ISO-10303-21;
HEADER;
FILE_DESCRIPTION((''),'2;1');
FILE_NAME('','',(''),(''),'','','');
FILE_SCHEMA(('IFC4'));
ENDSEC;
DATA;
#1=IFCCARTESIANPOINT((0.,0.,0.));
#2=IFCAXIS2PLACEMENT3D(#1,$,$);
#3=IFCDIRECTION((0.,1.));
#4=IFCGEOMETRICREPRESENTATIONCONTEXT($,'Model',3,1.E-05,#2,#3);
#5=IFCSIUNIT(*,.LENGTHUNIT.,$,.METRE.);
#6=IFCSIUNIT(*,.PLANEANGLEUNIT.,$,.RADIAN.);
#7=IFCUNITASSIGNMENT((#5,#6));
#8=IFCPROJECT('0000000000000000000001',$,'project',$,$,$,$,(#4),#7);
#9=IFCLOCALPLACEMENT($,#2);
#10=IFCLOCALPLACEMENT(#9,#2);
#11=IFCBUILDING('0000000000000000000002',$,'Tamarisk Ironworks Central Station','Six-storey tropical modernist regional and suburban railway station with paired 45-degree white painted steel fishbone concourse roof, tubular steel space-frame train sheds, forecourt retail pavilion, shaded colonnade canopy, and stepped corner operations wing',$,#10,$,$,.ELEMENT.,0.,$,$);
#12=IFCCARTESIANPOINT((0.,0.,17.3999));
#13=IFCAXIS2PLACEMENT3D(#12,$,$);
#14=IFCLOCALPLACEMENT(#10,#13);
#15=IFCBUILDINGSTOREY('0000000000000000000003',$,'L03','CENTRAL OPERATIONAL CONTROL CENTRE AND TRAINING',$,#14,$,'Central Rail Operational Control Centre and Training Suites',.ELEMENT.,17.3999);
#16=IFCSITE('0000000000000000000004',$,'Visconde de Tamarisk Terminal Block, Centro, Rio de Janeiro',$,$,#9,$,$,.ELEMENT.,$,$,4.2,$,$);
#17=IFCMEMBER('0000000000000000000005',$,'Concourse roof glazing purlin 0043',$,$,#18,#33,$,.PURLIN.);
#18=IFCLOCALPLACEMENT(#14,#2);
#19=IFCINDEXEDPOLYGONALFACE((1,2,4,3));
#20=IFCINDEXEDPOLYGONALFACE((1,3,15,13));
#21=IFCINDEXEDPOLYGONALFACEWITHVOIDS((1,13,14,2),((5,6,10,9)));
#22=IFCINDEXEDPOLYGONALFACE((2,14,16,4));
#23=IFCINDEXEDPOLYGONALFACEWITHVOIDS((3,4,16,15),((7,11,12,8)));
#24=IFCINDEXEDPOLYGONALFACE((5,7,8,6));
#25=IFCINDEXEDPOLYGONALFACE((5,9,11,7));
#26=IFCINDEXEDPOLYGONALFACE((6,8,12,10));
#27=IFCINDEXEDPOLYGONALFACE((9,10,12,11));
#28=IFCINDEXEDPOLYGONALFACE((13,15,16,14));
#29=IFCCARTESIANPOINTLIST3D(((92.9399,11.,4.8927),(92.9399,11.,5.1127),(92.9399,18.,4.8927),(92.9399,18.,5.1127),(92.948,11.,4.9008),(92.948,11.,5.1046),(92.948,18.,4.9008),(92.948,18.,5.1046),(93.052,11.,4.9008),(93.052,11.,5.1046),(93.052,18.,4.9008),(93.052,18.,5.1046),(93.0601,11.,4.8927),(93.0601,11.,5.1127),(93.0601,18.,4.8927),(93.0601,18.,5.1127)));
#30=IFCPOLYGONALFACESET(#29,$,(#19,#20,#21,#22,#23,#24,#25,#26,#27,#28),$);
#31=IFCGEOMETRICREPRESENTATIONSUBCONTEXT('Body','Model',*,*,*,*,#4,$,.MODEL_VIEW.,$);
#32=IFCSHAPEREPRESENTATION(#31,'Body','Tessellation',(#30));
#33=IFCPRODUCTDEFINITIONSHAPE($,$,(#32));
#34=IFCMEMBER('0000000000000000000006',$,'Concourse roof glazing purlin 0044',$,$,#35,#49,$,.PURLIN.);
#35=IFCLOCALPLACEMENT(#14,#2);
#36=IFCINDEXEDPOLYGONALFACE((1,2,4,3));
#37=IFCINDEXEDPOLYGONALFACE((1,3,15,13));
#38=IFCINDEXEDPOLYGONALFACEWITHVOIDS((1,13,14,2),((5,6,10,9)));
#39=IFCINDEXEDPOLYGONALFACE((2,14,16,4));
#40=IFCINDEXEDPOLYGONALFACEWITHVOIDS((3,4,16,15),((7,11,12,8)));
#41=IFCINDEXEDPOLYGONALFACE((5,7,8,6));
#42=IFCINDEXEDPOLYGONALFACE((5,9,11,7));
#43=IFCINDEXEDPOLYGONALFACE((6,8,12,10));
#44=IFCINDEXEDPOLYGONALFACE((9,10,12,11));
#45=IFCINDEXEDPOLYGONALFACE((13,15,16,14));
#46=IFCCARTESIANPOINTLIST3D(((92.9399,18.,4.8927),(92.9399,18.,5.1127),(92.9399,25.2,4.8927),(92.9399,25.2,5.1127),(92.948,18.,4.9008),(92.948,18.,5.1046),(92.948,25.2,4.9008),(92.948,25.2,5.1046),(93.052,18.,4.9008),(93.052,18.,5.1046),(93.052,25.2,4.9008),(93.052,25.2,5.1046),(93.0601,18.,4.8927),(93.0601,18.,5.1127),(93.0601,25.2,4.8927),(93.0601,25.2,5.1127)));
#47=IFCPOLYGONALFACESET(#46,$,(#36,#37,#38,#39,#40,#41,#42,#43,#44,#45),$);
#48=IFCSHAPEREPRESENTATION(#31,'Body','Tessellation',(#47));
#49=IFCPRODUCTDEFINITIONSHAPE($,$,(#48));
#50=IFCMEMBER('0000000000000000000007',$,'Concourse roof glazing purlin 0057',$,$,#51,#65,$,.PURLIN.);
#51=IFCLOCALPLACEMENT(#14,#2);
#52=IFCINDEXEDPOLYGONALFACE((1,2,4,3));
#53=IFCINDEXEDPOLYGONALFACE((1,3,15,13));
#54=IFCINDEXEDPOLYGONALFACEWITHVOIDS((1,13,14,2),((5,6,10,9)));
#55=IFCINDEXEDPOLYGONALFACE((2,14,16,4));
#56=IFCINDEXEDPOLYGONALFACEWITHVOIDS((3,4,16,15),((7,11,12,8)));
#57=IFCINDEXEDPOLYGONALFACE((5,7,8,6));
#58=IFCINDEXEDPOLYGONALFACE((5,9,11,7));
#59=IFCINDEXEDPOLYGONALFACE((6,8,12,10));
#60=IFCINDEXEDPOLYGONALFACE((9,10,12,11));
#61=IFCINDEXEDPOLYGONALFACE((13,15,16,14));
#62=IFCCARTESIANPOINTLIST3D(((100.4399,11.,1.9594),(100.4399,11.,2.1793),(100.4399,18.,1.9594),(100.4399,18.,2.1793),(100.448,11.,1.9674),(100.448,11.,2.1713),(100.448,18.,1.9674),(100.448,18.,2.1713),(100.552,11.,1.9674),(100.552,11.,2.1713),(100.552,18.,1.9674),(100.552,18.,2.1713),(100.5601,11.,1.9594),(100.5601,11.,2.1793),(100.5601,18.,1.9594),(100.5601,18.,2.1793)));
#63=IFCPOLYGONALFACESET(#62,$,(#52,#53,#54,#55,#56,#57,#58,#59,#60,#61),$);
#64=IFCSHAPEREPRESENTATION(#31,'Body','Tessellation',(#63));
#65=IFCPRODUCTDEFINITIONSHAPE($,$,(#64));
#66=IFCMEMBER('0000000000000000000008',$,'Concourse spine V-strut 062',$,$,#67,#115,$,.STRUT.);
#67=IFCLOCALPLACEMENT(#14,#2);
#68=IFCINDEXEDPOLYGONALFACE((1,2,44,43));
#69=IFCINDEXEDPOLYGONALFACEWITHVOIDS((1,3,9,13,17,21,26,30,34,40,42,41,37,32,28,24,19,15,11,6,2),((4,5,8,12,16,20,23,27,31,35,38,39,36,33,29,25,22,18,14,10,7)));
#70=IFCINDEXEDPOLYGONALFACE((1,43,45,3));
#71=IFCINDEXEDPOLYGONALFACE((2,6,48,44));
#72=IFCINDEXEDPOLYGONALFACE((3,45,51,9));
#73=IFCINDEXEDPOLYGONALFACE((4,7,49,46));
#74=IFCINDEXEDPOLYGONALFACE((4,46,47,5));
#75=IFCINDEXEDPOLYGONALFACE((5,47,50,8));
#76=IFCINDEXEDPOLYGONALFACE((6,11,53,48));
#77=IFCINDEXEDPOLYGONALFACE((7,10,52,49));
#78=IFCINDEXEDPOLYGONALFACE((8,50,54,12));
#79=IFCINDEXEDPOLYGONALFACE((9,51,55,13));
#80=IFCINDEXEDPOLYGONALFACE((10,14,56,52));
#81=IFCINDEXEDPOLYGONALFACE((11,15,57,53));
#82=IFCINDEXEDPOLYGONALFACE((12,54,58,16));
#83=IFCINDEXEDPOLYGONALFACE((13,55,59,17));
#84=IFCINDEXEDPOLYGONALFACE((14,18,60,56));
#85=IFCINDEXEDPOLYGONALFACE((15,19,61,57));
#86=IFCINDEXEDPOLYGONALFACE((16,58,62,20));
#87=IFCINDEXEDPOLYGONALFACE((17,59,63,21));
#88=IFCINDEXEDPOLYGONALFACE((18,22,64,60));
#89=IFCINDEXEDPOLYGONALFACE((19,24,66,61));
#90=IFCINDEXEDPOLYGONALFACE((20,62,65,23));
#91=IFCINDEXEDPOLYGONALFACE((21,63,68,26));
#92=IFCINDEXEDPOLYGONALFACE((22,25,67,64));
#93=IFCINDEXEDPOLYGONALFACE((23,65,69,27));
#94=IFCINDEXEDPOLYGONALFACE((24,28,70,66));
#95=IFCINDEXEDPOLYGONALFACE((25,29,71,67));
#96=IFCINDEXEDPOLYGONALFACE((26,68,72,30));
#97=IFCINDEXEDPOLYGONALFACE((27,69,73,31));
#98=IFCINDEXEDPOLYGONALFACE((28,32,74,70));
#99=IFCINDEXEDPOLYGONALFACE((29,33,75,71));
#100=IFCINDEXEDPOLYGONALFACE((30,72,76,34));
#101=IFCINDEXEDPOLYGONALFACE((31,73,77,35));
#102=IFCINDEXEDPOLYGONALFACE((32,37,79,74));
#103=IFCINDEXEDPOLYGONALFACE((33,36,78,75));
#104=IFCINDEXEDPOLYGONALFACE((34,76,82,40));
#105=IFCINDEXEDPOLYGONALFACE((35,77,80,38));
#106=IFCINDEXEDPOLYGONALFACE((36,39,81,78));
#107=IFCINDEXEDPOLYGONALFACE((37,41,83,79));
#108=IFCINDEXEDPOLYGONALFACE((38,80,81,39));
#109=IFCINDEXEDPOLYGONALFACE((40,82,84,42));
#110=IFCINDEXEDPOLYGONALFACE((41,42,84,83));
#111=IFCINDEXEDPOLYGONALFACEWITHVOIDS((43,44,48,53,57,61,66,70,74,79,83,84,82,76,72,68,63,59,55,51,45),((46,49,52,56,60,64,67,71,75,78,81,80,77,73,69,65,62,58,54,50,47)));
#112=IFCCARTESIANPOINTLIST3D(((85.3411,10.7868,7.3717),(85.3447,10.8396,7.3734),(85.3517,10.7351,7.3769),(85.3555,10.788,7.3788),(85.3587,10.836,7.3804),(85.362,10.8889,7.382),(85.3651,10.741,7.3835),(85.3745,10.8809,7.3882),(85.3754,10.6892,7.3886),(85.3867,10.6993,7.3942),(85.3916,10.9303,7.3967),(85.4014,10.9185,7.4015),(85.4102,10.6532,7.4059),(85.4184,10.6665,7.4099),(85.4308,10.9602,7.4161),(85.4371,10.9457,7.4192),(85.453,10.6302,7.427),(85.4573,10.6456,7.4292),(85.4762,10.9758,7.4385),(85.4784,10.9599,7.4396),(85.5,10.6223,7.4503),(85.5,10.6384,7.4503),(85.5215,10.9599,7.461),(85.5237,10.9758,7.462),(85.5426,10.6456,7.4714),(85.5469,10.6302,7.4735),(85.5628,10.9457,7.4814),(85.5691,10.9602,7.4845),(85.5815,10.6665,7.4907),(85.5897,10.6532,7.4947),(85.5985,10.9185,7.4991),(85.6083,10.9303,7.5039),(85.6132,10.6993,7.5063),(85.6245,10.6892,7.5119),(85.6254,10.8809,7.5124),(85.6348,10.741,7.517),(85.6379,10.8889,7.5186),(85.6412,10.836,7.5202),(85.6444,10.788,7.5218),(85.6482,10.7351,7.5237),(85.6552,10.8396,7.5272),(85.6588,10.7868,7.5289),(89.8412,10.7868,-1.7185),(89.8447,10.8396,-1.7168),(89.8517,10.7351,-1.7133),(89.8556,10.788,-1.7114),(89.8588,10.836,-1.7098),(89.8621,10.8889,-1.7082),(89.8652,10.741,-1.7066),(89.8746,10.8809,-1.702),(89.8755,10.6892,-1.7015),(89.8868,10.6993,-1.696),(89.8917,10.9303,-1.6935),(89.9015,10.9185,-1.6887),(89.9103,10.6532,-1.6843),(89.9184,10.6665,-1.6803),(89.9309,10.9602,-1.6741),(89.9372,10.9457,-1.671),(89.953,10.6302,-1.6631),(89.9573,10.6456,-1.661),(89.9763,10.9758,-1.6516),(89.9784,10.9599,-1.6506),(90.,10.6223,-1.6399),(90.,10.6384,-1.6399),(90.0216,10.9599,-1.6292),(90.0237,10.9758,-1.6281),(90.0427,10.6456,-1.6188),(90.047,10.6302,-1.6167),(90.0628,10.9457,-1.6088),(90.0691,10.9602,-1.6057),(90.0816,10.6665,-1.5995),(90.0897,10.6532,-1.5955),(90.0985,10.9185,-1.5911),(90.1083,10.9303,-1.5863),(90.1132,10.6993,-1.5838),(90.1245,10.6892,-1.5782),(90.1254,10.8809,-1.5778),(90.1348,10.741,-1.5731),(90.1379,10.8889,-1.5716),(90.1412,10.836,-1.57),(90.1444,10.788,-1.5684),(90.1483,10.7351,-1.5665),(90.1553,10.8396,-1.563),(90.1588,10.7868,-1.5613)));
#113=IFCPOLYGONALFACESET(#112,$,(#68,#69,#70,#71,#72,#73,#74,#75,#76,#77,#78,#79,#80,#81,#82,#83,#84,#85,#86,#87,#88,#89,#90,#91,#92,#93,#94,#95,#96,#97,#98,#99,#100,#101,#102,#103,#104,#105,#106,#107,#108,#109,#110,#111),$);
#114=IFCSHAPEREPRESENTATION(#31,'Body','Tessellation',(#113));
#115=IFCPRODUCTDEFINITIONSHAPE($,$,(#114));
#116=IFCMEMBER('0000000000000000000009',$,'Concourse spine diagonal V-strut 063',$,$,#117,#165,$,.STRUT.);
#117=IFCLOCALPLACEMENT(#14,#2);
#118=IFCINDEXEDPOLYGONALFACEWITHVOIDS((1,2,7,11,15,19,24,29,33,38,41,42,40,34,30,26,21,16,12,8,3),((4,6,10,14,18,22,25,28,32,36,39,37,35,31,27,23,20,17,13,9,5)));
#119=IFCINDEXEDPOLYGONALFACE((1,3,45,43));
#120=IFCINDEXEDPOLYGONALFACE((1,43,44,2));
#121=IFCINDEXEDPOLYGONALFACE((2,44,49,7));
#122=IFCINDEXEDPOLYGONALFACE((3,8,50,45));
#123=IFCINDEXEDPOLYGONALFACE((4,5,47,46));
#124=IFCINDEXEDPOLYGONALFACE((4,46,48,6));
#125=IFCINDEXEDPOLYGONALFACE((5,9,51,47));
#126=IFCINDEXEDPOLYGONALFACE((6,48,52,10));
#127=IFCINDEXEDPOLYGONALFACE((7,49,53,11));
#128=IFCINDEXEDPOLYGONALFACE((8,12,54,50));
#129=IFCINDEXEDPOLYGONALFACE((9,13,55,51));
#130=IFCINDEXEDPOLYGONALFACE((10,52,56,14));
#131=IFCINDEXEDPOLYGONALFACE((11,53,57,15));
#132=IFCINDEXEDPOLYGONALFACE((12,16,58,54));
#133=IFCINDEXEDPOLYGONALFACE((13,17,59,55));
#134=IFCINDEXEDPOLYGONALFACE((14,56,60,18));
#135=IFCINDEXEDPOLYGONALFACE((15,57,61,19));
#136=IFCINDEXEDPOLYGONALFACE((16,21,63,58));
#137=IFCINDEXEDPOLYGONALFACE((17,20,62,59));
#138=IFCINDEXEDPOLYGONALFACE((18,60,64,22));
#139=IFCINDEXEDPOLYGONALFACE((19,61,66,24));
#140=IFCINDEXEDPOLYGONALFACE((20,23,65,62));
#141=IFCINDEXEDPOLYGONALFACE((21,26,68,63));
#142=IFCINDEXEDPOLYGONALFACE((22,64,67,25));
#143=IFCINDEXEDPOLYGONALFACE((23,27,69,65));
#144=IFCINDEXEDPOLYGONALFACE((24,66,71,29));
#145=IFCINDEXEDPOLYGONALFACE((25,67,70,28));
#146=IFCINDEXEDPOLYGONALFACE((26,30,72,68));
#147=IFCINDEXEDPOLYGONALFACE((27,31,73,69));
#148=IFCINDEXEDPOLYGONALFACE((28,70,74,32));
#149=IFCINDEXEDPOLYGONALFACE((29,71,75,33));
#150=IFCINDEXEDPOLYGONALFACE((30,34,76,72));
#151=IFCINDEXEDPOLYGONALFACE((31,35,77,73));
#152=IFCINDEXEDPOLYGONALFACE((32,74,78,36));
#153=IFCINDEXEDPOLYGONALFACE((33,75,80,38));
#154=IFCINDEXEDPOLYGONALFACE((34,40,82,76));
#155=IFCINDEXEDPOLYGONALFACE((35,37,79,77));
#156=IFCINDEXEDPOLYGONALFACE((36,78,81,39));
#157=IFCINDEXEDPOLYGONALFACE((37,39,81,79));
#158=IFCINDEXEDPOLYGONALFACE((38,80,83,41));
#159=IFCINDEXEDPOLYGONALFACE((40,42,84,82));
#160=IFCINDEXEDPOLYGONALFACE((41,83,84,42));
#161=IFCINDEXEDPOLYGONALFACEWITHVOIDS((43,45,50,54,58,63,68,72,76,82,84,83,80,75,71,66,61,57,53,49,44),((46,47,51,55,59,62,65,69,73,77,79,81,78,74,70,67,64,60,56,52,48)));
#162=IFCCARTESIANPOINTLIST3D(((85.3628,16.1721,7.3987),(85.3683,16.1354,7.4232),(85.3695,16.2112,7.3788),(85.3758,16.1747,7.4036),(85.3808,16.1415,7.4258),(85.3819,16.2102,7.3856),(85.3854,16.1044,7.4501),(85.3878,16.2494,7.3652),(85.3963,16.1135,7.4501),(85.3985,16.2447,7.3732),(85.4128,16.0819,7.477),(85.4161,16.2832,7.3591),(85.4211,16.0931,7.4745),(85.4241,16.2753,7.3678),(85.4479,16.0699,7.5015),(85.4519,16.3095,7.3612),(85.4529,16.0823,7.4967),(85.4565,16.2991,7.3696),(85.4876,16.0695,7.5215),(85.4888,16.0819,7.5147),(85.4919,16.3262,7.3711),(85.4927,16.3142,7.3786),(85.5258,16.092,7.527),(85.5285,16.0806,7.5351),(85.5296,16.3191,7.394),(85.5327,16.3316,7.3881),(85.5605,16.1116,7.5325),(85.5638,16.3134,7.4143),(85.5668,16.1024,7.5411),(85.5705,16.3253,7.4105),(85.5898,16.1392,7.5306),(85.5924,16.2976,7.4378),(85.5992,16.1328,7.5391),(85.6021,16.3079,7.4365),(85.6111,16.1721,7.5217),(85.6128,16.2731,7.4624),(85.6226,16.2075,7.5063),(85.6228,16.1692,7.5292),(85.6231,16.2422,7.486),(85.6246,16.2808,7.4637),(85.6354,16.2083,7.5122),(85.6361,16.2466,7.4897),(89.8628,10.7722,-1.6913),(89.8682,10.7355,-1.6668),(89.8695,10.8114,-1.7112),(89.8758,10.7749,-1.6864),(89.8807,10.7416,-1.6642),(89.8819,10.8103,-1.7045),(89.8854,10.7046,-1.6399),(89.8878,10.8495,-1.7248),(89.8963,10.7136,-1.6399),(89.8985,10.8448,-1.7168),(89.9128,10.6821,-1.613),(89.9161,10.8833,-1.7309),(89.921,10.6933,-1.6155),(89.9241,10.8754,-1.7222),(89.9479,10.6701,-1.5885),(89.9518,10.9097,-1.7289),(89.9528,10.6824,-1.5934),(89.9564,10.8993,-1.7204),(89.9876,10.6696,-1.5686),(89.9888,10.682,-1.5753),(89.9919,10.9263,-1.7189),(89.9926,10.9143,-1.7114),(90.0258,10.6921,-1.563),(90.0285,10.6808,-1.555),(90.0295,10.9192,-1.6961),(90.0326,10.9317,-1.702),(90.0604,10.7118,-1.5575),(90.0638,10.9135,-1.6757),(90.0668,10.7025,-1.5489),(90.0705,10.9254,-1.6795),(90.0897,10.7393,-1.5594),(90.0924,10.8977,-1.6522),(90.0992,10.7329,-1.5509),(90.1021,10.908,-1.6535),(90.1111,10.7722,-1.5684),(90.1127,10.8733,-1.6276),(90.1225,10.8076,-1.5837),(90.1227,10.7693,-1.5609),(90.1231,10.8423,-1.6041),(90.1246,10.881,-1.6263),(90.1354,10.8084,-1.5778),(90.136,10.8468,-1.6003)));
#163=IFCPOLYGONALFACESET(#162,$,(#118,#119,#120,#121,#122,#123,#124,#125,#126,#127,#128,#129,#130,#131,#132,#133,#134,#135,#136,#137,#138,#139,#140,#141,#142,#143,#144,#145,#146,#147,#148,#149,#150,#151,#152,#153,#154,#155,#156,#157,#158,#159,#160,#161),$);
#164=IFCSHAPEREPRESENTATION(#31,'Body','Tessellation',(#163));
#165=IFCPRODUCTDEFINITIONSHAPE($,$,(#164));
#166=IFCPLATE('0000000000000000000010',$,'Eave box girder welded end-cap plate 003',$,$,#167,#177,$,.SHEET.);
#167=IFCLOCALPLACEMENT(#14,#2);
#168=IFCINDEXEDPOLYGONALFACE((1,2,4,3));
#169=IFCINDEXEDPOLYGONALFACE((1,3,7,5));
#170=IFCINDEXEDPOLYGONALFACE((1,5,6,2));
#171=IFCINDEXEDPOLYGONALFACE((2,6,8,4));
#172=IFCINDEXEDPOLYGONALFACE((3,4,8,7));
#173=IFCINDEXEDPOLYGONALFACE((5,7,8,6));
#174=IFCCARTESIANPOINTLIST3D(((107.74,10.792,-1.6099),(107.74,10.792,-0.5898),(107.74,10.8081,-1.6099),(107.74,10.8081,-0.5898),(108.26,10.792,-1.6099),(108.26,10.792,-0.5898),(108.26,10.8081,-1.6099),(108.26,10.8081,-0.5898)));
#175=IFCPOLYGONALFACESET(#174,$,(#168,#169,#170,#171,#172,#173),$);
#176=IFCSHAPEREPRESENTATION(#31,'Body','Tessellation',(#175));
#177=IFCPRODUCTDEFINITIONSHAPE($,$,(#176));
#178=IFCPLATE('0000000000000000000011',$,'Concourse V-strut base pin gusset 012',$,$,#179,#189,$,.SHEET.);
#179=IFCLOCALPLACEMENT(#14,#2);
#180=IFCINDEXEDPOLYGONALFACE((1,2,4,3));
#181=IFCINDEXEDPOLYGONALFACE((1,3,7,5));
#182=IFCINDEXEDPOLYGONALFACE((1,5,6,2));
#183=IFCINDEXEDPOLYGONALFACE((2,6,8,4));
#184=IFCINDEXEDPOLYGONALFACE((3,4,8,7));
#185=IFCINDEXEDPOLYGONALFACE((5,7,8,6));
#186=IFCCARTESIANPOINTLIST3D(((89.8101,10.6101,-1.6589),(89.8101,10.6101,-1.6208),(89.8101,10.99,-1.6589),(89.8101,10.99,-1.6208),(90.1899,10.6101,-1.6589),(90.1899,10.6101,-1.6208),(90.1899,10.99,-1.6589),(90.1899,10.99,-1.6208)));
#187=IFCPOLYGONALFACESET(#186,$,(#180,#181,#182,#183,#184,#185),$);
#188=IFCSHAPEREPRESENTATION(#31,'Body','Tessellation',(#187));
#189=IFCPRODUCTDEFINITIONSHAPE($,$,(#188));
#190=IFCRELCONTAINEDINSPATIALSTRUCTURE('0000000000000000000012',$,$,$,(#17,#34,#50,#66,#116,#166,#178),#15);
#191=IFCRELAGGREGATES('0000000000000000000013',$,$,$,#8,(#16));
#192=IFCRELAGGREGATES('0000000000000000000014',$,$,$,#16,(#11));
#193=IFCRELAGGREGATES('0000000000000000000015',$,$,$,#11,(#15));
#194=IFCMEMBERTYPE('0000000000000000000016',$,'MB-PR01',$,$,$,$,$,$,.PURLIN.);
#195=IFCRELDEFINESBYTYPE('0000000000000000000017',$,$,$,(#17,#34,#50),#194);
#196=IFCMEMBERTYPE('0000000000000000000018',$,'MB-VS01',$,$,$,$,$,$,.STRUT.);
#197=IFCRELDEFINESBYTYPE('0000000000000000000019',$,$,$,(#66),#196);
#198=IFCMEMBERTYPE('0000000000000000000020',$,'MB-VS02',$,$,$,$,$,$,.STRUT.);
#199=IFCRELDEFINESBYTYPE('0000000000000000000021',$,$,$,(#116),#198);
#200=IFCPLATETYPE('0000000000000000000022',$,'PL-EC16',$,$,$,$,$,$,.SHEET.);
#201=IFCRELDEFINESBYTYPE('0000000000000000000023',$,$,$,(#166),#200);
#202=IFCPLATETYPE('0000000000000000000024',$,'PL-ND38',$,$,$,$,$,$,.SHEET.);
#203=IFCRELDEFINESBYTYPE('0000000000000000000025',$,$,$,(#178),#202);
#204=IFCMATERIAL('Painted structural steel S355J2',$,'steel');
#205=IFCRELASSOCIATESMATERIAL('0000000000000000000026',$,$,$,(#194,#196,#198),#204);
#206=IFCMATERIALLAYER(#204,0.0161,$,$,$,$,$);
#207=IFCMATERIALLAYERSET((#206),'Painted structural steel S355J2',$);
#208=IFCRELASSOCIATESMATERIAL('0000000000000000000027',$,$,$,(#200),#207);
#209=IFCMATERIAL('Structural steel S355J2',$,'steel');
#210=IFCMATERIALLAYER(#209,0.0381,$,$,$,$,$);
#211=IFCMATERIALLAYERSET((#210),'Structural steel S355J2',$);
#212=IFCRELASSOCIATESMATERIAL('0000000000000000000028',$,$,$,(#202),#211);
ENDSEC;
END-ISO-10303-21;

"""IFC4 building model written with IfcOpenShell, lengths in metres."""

from ifc_helpers import new_model, si_unit, direction, frame, origin, origin_2d, place, context, subcontext, project, spatial, rectangle, hollow_rectangle, hollow_circle, extrude, material, layer, layer_set, material_profile, profile_set, type_object, element, save


model = new_model("IFC4")

# Units and contexts
model_context = context("Model", 3, precision=1e-05, world=origin(), true_north=direction((0.0, 1.0)))
body_context = subcontext(model_context, "Body", "Model", "MODEL_VIEW")
ifc_project = project(units=[si_unit("LENGTHUNIT", "METRE"), si_unit("PLANEANGLEUNIT", "RADIAN")], contexts=[model_context])

# Site, building, storey
site_placement = place(None, origin())
site = spatial("IfcSite", under=ifc_project, at=site_placement, Name="Visconde de Tamarisk Terminal Block, Centro, Rio de Janeiro", CompositionType="ELEMENT", RefElevation=4.2)
building_placement = place(site_placement, origin())
building = spatial("IfcBuilding", under=site, at=building_placement, Name="Tamarisk Ironworks Central Station", Description="Six-storey tropical modernist regional and suburban railway station with paired 45-degree white painted steel fishbone concourse roof, tubular steel space-frame train sheds, forecourt retail pavilion, shaded colonnade canopy, and stepped corner operations wing", CompositionType="ELEMENT", ElevationOfRefHeight=0.0)
storey_placement = place(building_placement, frame((0.0, 0.0, 17.3999)))
storey = spatial("IfcBuildingStorey", under=building, at=storey_placement, Name="L03", Description="CENTRAL OPERATIONAL CONTROL CENTRE AND TRAINING", LongName="Central Rail Operational Control Centre and Training Suites", CompositionType="ELEMENT", Elevation=17.3999)

# Shared definitions
ifc_material_1 = material(Name="Structural steel S355J2", Category="steel")

# Shared definitions
ifc_material_2 = material(Name="Painted structural steel S355J2", Category="steel")

# Members
ifc_material_profile_1 = material_profile(ifc_material_2, hollow_rectangle(XDim=0.1201, YDim=0.22, WallThickness=0.0081, at=origin_2d()), Name="RHS 220x120x8")
ifc_profile_set_1 = profile_set([ifc_material_profile_1], Name="Painted structural steel S355J2")
member_type_1 = type_object("IfcMemberType", Name="MB-PR01", PredefinedType="PURLIN", material=ifc_profile_set_1)
member_1_placement = place(storey_placement, frame((93.0, 11.0, 5.0027), z_axis=(0.0, 1.0, 0.0), x_axis=(-1.0, 0.0, 0.0)))
element("IfcMember", 1, at=member_1_placement, inside=storey, type_object=member_type_1, Name="Concourse roof glazing purlin 0043", PredefinedType="PURLIN", context=body_context, shape_type="SweptSolid", body=[
    extrude(hollow_rectangle(XDim=0.1201, YDim=0.22, WallThickness=0.0081, at=origin_2d()), origin(), (0.0, 0.0, 1.0), 7.0),
])
member_2_placement = place(storey_placement, frame((93.0, 18.0, 5.0027), z_axis=(0.0, 1.0, 0.0), x_axis=(-1.0, 0.0, 0.0)))
element("IfcMember", 2, at=member_2_placement, inside=storey, type_object=member_type_1, Name="Concourse roof glazing purlin 0044", PredefinedType="PURLIN", context=body_context, shape_type="SweptSolid", body=[
    extrude(hollow_rectangle(XDim=0.1201, YDim=0.22, WallThickness=0.0081, at=origin_2d()), origin(), (0.0, 0.0, 1.0), 7.2),
])
member_3_placement = place(storey_placement, frame((100.5, 11.0, 2.0693), z_axis=(0.0, 1.0, 0.0), x_axis=(-1.0, 0.0, 0.0)))
element("IfcMember", 3, at=member_3_placement, inside=storey, type_object=member_type_1, Name="Concourse roof glazing purlin 0057", PredefinedType="PURLIN", context=body_context, shape_type="SweptSolid", body=[
    extrude(hollow_rectangle(XDim=0.1201, YDim=0.22, WallThickness=0.0081, at=origin_2d()), origin(), (0.0, 0.0, 1.0), 7.0),
])
ifc_material_profile_2 = material_profile(ifc_material_2, hollow_circle(Radius=0.1777, WallThickness=0.0161, at=origin_2d()), Name="CHS 355.6x16")
ifc_profile_set_2 = profile_set([ifc_material_profile_2], Name="Painted structural steel S355J2")
member_type_2 = type_object("IfcMemberType", Name="MB-VS01", PredefinedType="STRUT", material=ifc_profile_set_2)
member_4_placement = place(storey_placement, frame((90.0, 10.8, -1.6399), z_axis=(-0.443657, 0.0, 0.896196), x_axis=(0.0, -1.0, 0.0)))
element("IfcMember", 4, at=member_4_placement, inside=storey, type_object=member_type_2, Name="Concourse spine V-strut 062", PredefinedType="STRUT", context=body_context, shape_type="SweptSolid", body=[
    extrude(hollow_circle(Radius=0.1777, WallThickness=0.0161, at=origin_2d()), origin(), (0.0, 0.0, 1.0), 10.1431),
])
ifc_material_profile_3 = material_profile(ifc_material_2, hollow_circle(Radius=0.1492, WallThickness=0.0142, at=origin_2d()), Name="CHS 298.5x14.2")
ifc_profile_set_3 = profile_set([ifc_material_profile_3], Name="Painted structural steel S355J2")
member_type_3 = type_object("IfcMemberType", Name="MB-VS02", PredefinedType="STRUT", material=ifc_profile_set_3)
member_5_placement = place(storey_placement, frame((90.0, 10.8, -1.6399), z_axis=(-0.391617, 0.469932, 0.791075), x_axis=(-0.768216, -0.640191, 0.0)))
element("IfcMember", 5, at=member_5_placement, inside=storey, type_object=member_type_3, Name="Concourse spine diagonal V-strut 063", PredefinedType="STRUT", context=body_context, shape_type="SweptSolid", body=[
    extrude(hollow_circle(Radius=0.1492, WallThickness=0.0142, at=origin_2d()), origin(), (0.0, 0.0, 1.0), 11.4907),
])

# Plates
ifc_layer_1 = layer(ifc_material_2, 0.0161)
ifc_layer_set_1 = layer_set([ifc_layer_1], Name="Painted structural steel S355J2")
plate_type_1 = type_object("IfcPlateType", Name="PL-EC16", PredefinedType="SHEET", material=ifc_layer_set_1)
plate_1_placement = place(storey_placement, frame((108.0, 10.8, -1.6099), z_axis=(0.0, 0.0, 1.0), x_axis=(1.0, 0.0, 0.0)))
element("IfcPlate", 6, at=plate_1_placement, inside=storey, type_object=plate_type_1, Name="Eave box girder welded end-cap plate 003", PredefinedType="SHEET", context=body_context, shape_type="SweptSolid", body=[
    extrude(rectangle(XDim=0.52, YDim=0.0161, at=origin_2d()), origin(), (0.0, 0.0, 1.0), 1.02),
])
ifc_layer_2 = layer(ifc_material_1, 0.0381)
ifc_layer_set_2 = layer_set([ifc_layer_2], Name="Structural steel S355J2")
plate_type_2 = type_object("IfcPlateType", Name="PL-ND38", PredefinedType="SHEET", material=ifc_layer_set_2)
plate_2_placement = place(storey_placement, frame((90.0, 10.8, -1.6589), z_axis=(0.0, 0.0, 1.0), x_axis=(1.0, 0.0, 0.0)))
element("IfcPlate", 7, at=plate_2_placement, inside=storey, type_object=plate_type_2, Name="Concourse V-strut base pin gusset 012", PredefinedType="SHEET", context=body_context, shape_type="SweptSolid", body=[
    extrude(rectangle(XDim=0.3799, YDim=0.3799, at=origin_2d()), origin(), (0.0, 0.0, 1.0), 0.0381),
])

save(model, "model.ifc")
